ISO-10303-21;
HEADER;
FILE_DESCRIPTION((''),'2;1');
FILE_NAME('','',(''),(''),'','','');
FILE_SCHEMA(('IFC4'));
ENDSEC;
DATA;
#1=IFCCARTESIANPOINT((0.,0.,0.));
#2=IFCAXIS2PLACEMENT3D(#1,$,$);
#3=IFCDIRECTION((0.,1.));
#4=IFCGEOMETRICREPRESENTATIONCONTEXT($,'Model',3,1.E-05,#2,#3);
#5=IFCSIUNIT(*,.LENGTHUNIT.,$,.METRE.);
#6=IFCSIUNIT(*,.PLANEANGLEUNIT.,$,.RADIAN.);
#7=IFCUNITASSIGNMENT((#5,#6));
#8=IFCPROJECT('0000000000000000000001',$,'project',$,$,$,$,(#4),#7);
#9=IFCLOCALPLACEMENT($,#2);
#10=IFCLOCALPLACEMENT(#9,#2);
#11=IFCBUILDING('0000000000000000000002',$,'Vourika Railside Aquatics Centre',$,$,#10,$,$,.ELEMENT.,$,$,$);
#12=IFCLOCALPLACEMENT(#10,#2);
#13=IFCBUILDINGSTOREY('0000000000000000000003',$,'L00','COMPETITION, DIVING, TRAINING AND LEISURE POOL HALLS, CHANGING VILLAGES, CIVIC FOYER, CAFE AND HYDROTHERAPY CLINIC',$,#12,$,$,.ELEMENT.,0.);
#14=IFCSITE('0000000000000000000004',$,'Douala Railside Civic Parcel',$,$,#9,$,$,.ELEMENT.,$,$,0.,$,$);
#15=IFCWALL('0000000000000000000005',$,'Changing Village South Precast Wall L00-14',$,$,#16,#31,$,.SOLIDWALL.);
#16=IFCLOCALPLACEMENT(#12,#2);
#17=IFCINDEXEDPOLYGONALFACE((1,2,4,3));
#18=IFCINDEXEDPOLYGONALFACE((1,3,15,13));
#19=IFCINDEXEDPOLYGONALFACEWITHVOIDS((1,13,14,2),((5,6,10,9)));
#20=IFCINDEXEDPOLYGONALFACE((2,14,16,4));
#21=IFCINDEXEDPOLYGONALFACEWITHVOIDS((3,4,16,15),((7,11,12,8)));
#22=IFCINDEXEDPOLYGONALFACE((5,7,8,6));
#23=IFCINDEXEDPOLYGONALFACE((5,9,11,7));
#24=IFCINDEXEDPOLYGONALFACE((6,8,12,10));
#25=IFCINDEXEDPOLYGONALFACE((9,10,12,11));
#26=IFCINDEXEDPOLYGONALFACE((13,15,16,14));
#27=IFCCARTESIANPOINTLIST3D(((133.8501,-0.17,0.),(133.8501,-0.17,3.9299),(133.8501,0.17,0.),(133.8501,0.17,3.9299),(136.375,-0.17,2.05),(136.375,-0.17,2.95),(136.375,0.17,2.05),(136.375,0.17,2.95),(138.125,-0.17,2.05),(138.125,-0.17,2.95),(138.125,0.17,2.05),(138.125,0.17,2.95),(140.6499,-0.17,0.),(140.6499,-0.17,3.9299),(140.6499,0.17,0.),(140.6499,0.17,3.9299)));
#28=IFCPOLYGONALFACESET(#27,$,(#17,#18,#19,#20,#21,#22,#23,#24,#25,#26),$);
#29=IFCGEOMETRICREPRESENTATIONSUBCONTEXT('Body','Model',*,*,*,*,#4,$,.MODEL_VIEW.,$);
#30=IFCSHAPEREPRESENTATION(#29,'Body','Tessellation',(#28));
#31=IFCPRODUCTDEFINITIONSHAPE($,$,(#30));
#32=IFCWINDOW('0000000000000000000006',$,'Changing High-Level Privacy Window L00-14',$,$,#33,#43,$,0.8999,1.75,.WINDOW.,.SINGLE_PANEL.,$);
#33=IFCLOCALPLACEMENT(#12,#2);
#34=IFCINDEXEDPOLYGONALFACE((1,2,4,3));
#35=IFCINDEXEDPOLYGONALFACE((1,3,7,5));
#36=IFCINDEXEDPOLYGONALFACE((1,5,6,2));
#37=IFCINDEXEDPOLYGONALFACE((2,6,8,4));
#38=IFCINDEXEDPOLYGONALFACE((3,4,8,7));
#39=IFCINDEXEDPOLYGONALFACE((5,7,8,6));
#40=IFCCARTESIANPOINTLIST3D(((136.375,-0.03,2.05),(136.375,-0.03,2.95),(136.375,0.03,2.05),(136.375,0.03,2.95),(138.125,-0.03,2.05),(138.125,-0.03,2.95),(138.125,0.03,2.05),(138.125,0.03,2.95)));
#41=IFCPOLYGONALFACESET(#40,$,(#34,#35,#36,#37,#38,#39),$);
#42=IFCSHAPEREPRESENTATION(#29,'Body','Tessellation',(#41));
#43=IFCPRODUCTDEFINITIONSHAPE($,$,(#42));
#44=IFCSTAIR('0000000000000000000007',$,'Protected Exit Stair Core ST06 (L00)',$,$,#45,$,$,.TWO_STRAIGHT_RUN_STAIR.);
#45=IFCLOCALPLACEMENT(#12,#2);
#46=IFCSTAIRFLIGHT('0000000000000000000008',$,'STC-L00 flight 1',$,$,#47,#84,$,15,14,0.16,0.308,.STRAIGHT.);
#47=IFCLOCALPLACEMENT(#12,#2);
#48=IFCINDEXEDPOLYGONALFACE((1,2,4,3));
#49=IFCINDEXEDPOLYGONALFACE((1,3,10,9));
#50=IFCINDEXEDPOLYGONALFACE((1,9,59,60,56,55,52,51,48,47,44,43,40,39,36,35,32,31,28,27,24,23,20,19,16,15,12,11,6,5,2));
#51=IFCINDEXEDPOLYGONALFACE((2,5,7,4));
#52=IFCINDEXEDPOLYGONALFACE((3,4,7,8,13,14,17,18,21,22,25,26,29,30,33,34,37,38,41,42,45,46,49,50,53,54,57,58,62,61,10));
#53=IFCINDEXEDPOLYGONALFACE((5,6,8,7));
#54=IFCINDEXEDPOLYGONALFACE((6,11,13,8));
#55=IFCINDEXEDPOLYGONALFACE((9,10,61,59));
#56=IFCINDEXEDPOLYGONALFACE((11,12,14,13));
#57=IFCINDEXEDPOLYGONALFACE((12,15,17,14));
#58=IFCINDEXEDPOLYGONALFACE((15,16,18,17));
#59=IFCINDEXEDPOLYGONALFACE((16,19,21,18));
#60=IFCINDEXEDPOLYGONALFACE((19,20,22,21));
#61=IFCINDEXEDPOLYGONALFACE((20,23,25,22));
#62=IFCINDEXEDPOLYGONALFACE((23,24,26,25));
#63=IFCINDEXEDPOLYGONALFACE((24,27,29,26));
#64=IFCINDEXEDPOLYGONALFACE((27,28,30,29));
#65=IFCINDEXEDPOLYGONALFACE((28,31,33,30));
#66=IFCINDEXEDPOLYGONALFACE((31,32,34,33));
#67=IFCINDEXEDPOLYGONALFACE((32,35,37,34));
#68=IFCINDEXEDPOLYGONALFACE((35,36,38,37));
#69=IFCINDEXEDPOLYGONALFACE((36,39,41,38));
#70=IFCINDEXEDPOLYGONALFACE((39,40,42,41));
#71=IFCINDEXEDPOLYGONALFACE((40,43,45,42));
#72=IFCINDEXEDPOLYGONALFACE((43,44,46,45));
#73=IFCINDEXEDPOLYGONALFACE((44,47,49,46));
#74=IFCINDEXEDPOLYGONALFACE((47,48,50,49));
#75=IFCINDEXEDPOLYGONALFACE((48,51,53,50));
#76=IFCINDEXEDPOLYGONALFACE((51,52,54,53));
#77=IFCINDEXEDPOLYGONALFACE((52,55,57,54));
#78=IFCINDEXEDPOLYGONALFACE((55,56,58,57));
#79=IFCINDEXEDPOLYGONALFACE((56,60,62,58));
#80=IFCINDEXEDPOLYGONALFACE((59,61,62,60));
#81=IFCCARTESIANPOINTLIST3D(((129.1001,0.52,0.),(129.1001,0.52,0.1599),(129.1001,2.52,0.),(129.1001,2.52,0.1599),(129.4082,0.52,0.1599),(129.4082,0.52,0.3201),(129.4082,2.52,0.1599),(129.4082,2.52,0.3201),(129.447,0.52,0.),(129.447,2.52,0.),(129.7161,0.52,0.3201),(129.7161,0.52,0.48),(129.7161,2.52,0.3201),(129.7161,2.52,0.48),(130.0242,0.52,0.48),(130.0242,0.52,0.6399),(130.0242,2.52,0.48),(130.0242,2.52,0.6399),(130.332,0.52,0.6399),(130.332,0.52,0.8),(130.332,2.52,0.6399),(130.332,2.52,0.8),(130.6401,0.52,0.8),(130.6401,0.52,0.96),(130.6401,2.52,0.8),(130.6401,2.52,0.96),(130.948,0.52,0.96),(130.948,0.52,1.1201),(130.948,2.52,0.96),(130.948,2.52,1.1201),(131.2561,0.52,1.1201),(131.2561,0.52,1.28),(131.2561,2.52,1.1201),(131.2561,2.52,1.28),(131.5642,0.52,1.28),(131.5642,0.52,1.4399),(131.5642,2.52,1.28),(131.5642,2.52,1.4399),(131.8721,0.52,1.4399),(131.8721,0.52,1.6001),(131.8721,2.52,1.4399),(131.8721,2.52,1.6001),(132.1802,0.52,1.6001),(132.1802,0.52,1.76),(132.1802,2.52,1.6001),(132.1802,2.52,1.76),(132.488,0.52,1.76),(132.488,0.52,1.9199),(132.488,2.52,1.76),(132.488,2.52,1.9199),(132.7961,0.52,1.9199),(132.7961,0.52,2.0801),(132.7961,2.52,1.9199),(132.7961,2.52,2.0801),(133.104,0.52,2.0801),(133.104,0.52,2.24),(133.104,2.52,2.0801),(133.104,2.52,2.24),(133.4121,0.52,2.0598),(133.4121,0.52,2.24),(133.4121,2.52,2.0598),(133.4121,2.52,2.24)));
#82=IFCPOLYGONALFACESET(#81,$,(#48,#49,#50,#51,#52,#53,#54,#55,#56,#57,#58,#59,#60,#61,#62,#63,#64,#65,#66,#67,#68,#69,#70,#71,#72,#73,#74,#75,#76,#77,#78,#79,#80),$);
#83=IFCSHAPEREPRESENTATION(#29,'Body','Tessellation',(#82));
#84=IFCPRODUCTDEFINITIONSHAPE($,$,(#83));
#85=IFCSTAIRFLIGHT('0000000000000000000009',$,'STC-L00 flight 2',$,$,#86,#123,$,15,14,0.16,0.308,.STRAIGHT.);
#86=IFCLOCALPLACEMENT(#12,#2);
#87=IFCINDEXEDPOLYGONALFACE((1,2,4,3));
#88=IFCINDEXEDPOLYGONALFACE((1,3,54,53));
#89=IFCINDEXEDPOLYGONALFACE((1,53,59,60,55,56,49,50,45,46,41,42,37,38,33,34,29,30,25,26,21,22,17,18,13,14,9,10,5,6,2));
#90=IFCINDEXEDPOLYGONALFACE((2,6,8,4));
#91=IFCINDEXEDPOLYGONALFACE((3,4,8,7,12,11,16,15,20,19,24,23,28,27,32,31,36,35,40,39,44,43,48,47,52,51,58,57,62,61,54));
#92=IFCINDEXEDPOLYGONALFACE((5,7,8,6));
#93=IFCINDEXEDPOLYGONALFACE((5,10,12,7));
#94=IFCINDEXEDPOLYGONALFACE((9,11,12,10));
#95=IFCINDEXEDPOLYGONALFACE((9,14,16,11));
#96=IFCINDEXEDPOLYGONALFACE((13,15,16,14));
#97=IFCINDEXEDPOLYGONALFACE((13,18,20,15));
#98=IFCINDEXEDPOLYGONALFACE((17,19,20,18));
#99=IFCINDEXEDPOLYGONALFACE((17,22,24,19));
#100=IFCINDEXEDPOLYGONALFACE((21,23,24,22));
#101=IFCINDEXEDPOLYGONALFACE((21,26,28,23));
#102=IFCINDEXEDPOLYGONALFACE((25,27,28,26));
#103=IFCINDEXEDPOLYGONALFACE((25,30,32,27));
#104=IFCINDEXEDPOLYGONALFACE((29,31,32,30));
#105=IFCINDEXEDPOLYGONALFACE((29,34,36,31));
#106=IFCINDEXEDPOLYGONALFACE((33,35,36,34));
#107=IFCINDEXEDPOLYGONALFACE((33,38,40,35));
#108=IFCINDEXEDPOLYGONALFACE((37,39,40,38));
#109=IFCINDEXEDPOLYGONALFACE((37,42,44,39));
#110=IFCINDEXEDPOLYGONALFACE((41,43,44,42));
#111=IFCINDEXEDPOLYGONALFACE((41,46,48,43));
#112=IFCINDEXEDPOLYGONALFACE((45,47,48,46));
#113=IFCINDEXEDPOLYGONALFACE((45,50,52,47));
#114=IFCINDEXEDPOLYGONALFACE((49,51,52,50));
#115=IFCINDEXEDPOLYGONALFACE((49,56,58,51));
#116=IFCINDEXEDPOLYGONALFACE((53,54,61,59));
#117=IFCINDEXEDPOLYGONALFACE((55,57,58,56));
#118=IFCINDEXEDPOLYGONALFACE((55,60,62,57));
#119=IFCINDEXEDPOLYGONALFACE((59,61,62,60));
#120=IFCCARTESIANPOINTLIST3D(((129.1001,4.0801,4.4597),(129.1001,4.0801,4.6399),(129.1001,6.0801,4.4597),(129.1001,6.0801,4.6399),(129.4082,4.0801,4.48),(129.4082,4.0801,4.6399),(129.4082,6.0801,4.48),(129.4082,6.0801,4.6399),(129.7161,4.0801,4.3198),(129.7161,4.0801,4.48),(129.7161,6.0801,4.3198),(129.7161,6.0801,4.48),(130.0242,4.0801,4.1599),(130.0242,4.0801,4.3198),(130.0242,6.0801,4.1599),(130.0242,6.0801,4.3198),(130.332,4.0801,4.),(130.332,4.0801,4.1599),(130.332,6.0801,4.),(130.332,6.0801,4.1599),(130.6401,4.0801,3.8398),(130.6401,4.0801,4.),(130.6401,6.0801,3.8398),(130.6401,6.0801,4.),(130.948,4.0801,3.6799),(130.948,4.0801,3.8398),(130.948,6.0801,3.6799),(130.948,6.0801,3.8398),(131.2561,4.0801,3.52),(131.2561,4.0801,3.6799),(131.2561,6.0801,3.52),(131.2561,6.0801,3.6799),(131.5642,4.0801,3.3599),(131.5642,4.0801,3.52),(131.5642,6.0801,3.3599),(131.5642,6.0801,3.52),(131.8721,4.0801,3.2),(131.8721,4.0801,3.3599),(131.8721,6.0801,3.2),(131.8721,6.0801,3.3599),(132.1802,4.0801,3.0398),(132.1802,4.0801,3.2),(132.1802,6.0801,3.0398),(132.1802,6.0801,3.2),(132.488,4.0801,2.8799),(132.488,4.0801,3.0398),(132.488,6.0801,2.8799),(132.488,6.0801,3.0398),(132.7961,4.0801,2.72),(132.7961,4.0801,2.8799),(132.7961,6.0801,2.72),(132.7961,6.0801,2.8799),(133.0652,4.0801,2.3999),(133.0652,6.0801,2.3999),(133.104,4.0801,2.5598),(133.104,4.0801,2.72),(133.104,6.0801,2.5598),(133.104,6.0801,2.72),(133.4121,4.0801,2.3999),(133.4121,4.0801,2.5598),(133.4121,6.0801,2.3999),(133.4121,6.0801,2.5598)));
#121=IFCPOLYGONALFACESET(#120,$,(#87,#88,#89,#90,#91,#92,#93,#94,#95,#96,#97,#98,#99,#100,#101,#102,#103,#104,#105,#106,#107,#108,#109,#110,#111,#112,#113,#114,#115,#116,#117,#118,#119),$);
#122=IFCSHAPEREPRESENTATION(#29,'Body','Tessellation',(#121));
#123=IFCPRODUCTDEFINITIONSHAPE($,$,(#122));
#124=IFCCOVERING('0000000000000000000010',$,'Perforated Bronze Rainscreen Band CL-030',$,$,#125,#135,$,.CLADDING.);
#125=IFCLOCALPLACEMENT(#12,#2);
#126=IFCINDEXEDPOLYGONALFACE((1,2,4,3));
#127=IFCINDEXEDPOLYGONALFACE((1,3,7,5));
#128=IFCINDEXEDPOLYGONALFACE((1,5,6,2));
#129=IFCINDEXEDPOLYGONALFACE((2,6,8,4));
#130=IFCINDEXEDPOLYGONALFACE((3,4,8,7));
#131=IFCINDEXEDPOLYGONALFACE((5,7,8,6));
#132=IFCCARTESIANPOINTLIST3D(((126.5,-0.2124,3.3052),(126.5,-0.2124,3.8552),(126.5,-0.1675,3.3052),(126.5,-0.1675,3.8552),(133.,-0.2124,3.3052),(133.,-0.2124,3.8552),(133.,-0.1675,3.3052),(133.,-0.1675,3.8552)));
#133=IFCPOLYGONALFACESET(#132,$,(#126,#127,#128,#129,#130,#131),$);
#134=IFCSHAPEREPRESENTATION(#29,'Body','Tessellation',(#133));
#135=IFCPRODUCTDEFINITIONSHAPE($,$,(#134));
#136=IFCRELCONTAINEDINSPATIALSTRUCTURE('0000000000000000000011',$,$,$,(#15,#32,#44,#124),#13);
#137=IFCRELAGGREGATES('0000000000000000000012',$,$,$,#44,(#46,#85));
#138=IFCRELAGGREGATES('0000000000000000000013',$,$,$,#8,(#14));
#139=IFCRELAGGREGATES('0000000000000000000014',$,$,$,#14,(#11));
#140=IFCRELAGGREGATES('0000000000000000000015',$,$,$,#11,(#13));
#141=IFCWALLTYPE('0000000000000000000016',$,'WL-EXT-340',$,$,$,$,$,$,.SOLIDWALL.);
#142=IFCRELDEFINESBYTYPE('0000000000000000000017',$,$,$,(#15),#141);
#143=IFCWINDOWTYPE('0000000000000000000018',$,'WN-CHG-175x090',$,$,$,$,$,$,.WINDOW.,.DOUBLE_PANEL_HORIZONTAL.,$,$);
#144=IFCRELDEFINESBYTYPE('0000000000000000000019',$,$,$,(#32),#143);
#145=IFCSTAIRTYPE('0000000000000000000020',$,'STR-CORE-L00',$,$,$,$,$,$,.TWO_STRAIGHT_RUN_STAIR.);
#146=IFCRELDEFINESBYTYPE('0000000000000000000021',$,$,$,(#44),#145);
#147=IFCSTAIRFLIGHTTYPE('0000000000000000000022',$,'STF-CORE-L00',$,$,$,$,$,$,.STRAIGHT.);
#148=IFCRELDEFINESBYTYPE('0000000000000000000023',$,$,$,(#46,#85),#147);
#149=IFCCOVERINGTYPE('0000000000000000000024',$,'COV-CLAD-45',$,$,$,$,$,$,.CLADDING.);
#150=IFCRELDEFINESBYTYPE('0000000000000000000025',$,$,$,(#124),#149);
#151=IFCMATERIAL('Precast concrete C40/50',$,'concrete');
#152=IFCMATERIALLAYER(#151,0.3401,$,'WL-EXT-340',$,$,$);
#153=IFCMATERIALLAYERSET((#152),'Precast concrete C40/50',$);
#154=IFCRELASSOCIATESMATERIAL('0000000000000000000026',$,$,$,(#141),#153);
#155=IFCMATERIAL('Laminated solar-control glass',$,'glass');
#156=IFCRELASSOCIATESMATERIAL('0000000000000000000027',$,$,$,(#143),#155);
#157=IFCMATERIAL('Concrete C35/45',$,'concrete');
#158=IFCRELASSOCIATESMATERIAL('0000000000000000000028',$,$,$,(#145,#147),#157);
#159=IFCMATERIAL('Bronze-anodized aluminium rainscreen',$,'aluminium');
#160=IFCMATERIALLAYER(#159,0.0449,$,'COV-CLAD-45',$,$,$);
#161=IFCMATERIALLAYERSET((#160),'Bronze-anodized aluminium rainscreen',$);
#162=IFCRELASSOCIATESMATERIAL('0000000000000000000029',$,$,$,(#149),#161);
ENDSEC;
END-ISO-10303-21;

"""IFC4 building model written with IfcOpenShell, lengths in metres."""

from ifc_helpers import new_model, si_unit, direction, frame, frame_2d, origin, origin_2d, place, context, subcontext, project, spatial, polyline, rectangle, outline, extrude, material, layer, layer_set, type_object, element, fill, aggregate, save


model = new_model("IFC4")

# Units and contexts
model_context = context("Model", 3, precision=1e-05, world=origin(), true_north=direction((0.0, 1.0)))
body_context = subcontext(model_context, "Body", "Model", "MODEL_VIEW")
ifc_project = project(units=[si_unit("LENGTHUNIT", "METRE"), si_unit("PLANEANGLEUNIT", "RADIAN")], contexts=[model_context])

# Site, building, storey
site_placement = place(None, origin())
site = spatial("IfcSite", under=ifc_project, at=site_placement, Name="Douala Railside Civic Parcel", CompositionType="ELEMENT", RefElevation=0.0)
building_placement = place(site_placement, origin())
building = spatial("IfcBuilding", under=site, at=building_placement, Name="Vourika Railside Aquatics Centre", CompositionType="ELEMENT")
storey_placement = place(building_placement, origin())
storey = spatial("IfcBuildingStorey", under=building, at=storey_placement, Name="L00", Description="COMPETITION, DIVING, TRAINING AND LEISURE POOL HALLS, CHANGING VILLAGES, CIVIC FOYER, CAFE AND HYDROTHERAPY CLINIC", CompositionType="ELEMENT", Elevation=0.0)

# Shared definitions
ifc_material_1 = material(Name="Concrete C35/45", Category="concrete")

# Wall, opening, window
ifc_material_2 = material(Name="Precast concrete C40/50", Category="concrete")
ifc_layer_1 = layer(ifc_material_2, 0.3401, Name="WL-EXT-340")
ifc_layer_set_1 = layer_set([ifc_layer_1], Name="Precast concrete C40/50")
wall_type = type_object("IfcWallType", Name="WL-EXT-340", PredefinedType="SOLIDWALL", material=ifc_layer_set_1)
ifc_material_3 = material(Name="Laminated solar-control glass", Category="glass")
wall_1_placement = place(storey_placement, frame((133.8501, 0.0, 0.0), z_axis=(0.0, 0.0, 1.0), x_axis=(1.0, 0.0, 0.0)))
wall_1 = element("IfcWall", 1, at=wall_1_placement, inside=storey, type_object=wall_type, Name="Changing Village South Precast Wall L00-14", PredefinedType="SOLIDWALL", context=body_context, shape_type="SweptSolid", body=[
    extrude(rectangle(XDim=6.7998, YDim=0.3401, at=frame_2d((3.3999, 0.0))), origin(), (0.0, 0.0, 1.0), 3.9299),
])
opening_1_placement = place(wall_1_placement, frame((2.5249, 0.0, 2.05)))
opening_1 = element("IfcOpeningElement", 2, at=opening_1_placement, cuts=wall_1, PredefinedType="OPENING", context=body_context, shape_type="SweptSolid", body=[
    extrude(rectangle(XDim=1.75, YDim=0.8999, at=frame_2d((0.875, 0.45))), frame((0.0, 0.1802, 0.0), z_axis=(0.0, -1.0, 0.0), x_axis=(1.0, 0.0, 0.0)), (0.0, 0.0, 1.0), 0.3601),
])
window_type_1 = type_object("IfcWindowType", Name="WN-CHG-175x090", PartitioningType="DOUBLE_PANEL_HORIZONTAL", PredefinedType="WINDOW", material=ifc_material_3)
window_1_placement = place(opening_1_placement, origin())
window_1 = element("IfcWindow", 3, at=window_1_placement, inside=storey, type_object=window_type_1, Name="Changing High-Level Privacy Window L00-14", OverallHeight=0.8999, OverallWidth=1.75, PartitioningType="SINGLE_PANEL", PredefinedType="WINDOW", context=body_context, shape_type="SweptSolid", body=[
    extrude(rectangle(XDim=1.75, YDim=0.8999, at=frame_2d((0.875, 0.45))), frame((0.0, 0.03, 0.0), z_axis=(0.0, -1.0, 0.0), x_axis=(1.0, 0.0, 0.0)), (0.0, 0.0, 1.0), 0.0601),
])
fill(opening_1, window_1)

# Stair, stair flights
stair_type = type_object("IfcStairType", Name="STR-CORE-L00", PredefinedType="TWO_STRAIGHT_RUN_STAIR", material=ifc_material_1)
stair_placement = place(storey_placement, origin())
stair = element("IfcStair", 4, at=stair_placement, inside=storey, type_object=stair_type, Name="Protected Exit Stair Core ST06 (L00)", PredefinedType="TWO_STRAIGHT_RUN_STAIR")
stair_flight_type = type_object("IfcStairFlightType", Name="STF-CORE-L00", PredefinedType="STRAIGHT", material=ifc_material_1)
stair_flight_1_placement = place(storey_placement, frame((129.1001, 1.52, 0.0), z_axis=(0.0, 0.0, 1.0), x_axis=(1.0, 0.0, 0.0)))
stair_flight_1 = element("IfcStairFlight", 5, at=stair_flight_1_placement, type_object=stair_flight_type, Name="STC-L00 flight 1", NumberOfRisers=15, NumberOfTreads=14, PredefinedType="STRAIGHT", RiserHeight=0.16, TreadLength=0.308, context=body_context, shape_type="SweptSolid", body=[
    extrude(outline(polyline([(0.0, 0.0), (0.0, 0.1599), (0.3081, 0.1599), (0.3081, 0.3201), (0.616, 0.3201), (0.616, 0.48), (0.9241, 0.48), (0.9241, 0.6399), (1.2319, 0.6399), (1.2319, 0.8), (1.54, 0.8), (1.54, 0.96), (1.8479, 0.96), (1.8479, 1.1201), (2.156, 1.1201), (2.156, 1.28), (2.4641, 1.28), (2.4641, 1.4399), (2.772, 1.4399), (2.772, 1.6001), (3.0801, 1.6001), (3.0801, 1.76), (3.3879, 1.76), (3.3879, 1.9199), (3.696, 1.9199), (3.696, 2.0801), (4.0039, 2.0801), (4.0039, 2.24), (4.312, 2.24), (4.312, 2.3999), (4.312, 2.0598), (0.3469, 0.0), (0.0, 0.0)])), frame((0.0, 1.0, 0.0), z_axis=(0.0, -1.0, 0.0), x_axis=(1.0, 0.0, 0.0)), (0.0, 0.0, 1.0), 2.0),
])
stair_flight_2_placement = place(storey_placement, frame((133.4121, 5.0801, 2.3999), z_axis=(0.0, 0.0, 1.0), x_axis=(-1.0, 0.0, 0.0)))
stair_flight_2 = element("IfcStairFlight", 6, at=stair_flight_2_placement, type_object=stair_flight_type, Name="STC-L00 flight 2", NumberOfRisers=15, NumberOfTreads=14, PredefinedType="STRAIGHT", RiserHeight=0.16, TreadLength=0.308, context=body_context, shape_type="SweptSolid", body=[
    extrude(outline(polyline([(0.0, 0.0), (0.0, 0.1599), (0.3081, 0.1599), (0.3081, 0.3201), (0.616, 0.3201), (0.616, 0.48), (0.9241, 0.48), (0.9241, 0.6399), (1.2319, 0.6399), (1.2319, 0.8), (1.54, 0.8), (1.54, 0.96), (1.8479, 0.96), (1.8479, 1.1201), (2.156, 1.1201), (2.156, 1.28), (2.4641, 1.28), (2.4641, 1.4399), (2.772, 1.4399), (2.772, 1.6001), (3.0801, 1.6001), (3.0801, 1.76), (3.3879, 1.76), (3.3879, 1.9199), (3.696, 1.9199), (3.696, 2.0801), (4.0039, 2.0801), (4.0039, 2.24), (4.312, 2.24), (4.312, 2.3999), (4.312, 2.0598), (0.3469, 0.0), (0.0, 0.0)])), frame((0.0, 1.0, 0.0), z_axis=(0.0, -1.0, 0.0), x_axis=(1.0, 0.0, 0.0)), (0.0, 0.0, 1.0), 2.0),
])
aggregate(stair, [stair_flight_1, stair_flight_2])

# Covering
ifc_material_4 = material(Name="Bronze-anodized aluminium rainscreen", Category="aluminium")
ifc_layer_2 = layer(ifc_material_4, 0.0449, Name="COV-CLAD-45")
ifc_layer_set_2 = layer_set([ifc_layer_2], Name="Bronze-anodized aluminium rainscreen")
covering_type = type_object("IfcCoveringType", Name="COV-CLAD-45", PredefinedType="CLADDING", material=ifc_layer_set_2)
covering_placement = place(storey_placement, frame((129.75, -0.1899, 3.3052), z_axis=(0.0, 0.0, 1.0), x_axis=(1.0, 0.0, 0.0)))
element("IfcCovering", 7, at=covering_placement, inside=storey, type_object=covering_type, Name="Perforated Bronze Rainscreen Band CL-030", PredefinedType="CLADDING", context=body_context, shape_type="SweptSolid", body=[
    extrude(rectangle(XDim=6.5, YDim=0.0449, at=origin_2d()), origin(), (0.0, 0.0, 1.0), 0.55),
])

save(model, "model.ifc")
